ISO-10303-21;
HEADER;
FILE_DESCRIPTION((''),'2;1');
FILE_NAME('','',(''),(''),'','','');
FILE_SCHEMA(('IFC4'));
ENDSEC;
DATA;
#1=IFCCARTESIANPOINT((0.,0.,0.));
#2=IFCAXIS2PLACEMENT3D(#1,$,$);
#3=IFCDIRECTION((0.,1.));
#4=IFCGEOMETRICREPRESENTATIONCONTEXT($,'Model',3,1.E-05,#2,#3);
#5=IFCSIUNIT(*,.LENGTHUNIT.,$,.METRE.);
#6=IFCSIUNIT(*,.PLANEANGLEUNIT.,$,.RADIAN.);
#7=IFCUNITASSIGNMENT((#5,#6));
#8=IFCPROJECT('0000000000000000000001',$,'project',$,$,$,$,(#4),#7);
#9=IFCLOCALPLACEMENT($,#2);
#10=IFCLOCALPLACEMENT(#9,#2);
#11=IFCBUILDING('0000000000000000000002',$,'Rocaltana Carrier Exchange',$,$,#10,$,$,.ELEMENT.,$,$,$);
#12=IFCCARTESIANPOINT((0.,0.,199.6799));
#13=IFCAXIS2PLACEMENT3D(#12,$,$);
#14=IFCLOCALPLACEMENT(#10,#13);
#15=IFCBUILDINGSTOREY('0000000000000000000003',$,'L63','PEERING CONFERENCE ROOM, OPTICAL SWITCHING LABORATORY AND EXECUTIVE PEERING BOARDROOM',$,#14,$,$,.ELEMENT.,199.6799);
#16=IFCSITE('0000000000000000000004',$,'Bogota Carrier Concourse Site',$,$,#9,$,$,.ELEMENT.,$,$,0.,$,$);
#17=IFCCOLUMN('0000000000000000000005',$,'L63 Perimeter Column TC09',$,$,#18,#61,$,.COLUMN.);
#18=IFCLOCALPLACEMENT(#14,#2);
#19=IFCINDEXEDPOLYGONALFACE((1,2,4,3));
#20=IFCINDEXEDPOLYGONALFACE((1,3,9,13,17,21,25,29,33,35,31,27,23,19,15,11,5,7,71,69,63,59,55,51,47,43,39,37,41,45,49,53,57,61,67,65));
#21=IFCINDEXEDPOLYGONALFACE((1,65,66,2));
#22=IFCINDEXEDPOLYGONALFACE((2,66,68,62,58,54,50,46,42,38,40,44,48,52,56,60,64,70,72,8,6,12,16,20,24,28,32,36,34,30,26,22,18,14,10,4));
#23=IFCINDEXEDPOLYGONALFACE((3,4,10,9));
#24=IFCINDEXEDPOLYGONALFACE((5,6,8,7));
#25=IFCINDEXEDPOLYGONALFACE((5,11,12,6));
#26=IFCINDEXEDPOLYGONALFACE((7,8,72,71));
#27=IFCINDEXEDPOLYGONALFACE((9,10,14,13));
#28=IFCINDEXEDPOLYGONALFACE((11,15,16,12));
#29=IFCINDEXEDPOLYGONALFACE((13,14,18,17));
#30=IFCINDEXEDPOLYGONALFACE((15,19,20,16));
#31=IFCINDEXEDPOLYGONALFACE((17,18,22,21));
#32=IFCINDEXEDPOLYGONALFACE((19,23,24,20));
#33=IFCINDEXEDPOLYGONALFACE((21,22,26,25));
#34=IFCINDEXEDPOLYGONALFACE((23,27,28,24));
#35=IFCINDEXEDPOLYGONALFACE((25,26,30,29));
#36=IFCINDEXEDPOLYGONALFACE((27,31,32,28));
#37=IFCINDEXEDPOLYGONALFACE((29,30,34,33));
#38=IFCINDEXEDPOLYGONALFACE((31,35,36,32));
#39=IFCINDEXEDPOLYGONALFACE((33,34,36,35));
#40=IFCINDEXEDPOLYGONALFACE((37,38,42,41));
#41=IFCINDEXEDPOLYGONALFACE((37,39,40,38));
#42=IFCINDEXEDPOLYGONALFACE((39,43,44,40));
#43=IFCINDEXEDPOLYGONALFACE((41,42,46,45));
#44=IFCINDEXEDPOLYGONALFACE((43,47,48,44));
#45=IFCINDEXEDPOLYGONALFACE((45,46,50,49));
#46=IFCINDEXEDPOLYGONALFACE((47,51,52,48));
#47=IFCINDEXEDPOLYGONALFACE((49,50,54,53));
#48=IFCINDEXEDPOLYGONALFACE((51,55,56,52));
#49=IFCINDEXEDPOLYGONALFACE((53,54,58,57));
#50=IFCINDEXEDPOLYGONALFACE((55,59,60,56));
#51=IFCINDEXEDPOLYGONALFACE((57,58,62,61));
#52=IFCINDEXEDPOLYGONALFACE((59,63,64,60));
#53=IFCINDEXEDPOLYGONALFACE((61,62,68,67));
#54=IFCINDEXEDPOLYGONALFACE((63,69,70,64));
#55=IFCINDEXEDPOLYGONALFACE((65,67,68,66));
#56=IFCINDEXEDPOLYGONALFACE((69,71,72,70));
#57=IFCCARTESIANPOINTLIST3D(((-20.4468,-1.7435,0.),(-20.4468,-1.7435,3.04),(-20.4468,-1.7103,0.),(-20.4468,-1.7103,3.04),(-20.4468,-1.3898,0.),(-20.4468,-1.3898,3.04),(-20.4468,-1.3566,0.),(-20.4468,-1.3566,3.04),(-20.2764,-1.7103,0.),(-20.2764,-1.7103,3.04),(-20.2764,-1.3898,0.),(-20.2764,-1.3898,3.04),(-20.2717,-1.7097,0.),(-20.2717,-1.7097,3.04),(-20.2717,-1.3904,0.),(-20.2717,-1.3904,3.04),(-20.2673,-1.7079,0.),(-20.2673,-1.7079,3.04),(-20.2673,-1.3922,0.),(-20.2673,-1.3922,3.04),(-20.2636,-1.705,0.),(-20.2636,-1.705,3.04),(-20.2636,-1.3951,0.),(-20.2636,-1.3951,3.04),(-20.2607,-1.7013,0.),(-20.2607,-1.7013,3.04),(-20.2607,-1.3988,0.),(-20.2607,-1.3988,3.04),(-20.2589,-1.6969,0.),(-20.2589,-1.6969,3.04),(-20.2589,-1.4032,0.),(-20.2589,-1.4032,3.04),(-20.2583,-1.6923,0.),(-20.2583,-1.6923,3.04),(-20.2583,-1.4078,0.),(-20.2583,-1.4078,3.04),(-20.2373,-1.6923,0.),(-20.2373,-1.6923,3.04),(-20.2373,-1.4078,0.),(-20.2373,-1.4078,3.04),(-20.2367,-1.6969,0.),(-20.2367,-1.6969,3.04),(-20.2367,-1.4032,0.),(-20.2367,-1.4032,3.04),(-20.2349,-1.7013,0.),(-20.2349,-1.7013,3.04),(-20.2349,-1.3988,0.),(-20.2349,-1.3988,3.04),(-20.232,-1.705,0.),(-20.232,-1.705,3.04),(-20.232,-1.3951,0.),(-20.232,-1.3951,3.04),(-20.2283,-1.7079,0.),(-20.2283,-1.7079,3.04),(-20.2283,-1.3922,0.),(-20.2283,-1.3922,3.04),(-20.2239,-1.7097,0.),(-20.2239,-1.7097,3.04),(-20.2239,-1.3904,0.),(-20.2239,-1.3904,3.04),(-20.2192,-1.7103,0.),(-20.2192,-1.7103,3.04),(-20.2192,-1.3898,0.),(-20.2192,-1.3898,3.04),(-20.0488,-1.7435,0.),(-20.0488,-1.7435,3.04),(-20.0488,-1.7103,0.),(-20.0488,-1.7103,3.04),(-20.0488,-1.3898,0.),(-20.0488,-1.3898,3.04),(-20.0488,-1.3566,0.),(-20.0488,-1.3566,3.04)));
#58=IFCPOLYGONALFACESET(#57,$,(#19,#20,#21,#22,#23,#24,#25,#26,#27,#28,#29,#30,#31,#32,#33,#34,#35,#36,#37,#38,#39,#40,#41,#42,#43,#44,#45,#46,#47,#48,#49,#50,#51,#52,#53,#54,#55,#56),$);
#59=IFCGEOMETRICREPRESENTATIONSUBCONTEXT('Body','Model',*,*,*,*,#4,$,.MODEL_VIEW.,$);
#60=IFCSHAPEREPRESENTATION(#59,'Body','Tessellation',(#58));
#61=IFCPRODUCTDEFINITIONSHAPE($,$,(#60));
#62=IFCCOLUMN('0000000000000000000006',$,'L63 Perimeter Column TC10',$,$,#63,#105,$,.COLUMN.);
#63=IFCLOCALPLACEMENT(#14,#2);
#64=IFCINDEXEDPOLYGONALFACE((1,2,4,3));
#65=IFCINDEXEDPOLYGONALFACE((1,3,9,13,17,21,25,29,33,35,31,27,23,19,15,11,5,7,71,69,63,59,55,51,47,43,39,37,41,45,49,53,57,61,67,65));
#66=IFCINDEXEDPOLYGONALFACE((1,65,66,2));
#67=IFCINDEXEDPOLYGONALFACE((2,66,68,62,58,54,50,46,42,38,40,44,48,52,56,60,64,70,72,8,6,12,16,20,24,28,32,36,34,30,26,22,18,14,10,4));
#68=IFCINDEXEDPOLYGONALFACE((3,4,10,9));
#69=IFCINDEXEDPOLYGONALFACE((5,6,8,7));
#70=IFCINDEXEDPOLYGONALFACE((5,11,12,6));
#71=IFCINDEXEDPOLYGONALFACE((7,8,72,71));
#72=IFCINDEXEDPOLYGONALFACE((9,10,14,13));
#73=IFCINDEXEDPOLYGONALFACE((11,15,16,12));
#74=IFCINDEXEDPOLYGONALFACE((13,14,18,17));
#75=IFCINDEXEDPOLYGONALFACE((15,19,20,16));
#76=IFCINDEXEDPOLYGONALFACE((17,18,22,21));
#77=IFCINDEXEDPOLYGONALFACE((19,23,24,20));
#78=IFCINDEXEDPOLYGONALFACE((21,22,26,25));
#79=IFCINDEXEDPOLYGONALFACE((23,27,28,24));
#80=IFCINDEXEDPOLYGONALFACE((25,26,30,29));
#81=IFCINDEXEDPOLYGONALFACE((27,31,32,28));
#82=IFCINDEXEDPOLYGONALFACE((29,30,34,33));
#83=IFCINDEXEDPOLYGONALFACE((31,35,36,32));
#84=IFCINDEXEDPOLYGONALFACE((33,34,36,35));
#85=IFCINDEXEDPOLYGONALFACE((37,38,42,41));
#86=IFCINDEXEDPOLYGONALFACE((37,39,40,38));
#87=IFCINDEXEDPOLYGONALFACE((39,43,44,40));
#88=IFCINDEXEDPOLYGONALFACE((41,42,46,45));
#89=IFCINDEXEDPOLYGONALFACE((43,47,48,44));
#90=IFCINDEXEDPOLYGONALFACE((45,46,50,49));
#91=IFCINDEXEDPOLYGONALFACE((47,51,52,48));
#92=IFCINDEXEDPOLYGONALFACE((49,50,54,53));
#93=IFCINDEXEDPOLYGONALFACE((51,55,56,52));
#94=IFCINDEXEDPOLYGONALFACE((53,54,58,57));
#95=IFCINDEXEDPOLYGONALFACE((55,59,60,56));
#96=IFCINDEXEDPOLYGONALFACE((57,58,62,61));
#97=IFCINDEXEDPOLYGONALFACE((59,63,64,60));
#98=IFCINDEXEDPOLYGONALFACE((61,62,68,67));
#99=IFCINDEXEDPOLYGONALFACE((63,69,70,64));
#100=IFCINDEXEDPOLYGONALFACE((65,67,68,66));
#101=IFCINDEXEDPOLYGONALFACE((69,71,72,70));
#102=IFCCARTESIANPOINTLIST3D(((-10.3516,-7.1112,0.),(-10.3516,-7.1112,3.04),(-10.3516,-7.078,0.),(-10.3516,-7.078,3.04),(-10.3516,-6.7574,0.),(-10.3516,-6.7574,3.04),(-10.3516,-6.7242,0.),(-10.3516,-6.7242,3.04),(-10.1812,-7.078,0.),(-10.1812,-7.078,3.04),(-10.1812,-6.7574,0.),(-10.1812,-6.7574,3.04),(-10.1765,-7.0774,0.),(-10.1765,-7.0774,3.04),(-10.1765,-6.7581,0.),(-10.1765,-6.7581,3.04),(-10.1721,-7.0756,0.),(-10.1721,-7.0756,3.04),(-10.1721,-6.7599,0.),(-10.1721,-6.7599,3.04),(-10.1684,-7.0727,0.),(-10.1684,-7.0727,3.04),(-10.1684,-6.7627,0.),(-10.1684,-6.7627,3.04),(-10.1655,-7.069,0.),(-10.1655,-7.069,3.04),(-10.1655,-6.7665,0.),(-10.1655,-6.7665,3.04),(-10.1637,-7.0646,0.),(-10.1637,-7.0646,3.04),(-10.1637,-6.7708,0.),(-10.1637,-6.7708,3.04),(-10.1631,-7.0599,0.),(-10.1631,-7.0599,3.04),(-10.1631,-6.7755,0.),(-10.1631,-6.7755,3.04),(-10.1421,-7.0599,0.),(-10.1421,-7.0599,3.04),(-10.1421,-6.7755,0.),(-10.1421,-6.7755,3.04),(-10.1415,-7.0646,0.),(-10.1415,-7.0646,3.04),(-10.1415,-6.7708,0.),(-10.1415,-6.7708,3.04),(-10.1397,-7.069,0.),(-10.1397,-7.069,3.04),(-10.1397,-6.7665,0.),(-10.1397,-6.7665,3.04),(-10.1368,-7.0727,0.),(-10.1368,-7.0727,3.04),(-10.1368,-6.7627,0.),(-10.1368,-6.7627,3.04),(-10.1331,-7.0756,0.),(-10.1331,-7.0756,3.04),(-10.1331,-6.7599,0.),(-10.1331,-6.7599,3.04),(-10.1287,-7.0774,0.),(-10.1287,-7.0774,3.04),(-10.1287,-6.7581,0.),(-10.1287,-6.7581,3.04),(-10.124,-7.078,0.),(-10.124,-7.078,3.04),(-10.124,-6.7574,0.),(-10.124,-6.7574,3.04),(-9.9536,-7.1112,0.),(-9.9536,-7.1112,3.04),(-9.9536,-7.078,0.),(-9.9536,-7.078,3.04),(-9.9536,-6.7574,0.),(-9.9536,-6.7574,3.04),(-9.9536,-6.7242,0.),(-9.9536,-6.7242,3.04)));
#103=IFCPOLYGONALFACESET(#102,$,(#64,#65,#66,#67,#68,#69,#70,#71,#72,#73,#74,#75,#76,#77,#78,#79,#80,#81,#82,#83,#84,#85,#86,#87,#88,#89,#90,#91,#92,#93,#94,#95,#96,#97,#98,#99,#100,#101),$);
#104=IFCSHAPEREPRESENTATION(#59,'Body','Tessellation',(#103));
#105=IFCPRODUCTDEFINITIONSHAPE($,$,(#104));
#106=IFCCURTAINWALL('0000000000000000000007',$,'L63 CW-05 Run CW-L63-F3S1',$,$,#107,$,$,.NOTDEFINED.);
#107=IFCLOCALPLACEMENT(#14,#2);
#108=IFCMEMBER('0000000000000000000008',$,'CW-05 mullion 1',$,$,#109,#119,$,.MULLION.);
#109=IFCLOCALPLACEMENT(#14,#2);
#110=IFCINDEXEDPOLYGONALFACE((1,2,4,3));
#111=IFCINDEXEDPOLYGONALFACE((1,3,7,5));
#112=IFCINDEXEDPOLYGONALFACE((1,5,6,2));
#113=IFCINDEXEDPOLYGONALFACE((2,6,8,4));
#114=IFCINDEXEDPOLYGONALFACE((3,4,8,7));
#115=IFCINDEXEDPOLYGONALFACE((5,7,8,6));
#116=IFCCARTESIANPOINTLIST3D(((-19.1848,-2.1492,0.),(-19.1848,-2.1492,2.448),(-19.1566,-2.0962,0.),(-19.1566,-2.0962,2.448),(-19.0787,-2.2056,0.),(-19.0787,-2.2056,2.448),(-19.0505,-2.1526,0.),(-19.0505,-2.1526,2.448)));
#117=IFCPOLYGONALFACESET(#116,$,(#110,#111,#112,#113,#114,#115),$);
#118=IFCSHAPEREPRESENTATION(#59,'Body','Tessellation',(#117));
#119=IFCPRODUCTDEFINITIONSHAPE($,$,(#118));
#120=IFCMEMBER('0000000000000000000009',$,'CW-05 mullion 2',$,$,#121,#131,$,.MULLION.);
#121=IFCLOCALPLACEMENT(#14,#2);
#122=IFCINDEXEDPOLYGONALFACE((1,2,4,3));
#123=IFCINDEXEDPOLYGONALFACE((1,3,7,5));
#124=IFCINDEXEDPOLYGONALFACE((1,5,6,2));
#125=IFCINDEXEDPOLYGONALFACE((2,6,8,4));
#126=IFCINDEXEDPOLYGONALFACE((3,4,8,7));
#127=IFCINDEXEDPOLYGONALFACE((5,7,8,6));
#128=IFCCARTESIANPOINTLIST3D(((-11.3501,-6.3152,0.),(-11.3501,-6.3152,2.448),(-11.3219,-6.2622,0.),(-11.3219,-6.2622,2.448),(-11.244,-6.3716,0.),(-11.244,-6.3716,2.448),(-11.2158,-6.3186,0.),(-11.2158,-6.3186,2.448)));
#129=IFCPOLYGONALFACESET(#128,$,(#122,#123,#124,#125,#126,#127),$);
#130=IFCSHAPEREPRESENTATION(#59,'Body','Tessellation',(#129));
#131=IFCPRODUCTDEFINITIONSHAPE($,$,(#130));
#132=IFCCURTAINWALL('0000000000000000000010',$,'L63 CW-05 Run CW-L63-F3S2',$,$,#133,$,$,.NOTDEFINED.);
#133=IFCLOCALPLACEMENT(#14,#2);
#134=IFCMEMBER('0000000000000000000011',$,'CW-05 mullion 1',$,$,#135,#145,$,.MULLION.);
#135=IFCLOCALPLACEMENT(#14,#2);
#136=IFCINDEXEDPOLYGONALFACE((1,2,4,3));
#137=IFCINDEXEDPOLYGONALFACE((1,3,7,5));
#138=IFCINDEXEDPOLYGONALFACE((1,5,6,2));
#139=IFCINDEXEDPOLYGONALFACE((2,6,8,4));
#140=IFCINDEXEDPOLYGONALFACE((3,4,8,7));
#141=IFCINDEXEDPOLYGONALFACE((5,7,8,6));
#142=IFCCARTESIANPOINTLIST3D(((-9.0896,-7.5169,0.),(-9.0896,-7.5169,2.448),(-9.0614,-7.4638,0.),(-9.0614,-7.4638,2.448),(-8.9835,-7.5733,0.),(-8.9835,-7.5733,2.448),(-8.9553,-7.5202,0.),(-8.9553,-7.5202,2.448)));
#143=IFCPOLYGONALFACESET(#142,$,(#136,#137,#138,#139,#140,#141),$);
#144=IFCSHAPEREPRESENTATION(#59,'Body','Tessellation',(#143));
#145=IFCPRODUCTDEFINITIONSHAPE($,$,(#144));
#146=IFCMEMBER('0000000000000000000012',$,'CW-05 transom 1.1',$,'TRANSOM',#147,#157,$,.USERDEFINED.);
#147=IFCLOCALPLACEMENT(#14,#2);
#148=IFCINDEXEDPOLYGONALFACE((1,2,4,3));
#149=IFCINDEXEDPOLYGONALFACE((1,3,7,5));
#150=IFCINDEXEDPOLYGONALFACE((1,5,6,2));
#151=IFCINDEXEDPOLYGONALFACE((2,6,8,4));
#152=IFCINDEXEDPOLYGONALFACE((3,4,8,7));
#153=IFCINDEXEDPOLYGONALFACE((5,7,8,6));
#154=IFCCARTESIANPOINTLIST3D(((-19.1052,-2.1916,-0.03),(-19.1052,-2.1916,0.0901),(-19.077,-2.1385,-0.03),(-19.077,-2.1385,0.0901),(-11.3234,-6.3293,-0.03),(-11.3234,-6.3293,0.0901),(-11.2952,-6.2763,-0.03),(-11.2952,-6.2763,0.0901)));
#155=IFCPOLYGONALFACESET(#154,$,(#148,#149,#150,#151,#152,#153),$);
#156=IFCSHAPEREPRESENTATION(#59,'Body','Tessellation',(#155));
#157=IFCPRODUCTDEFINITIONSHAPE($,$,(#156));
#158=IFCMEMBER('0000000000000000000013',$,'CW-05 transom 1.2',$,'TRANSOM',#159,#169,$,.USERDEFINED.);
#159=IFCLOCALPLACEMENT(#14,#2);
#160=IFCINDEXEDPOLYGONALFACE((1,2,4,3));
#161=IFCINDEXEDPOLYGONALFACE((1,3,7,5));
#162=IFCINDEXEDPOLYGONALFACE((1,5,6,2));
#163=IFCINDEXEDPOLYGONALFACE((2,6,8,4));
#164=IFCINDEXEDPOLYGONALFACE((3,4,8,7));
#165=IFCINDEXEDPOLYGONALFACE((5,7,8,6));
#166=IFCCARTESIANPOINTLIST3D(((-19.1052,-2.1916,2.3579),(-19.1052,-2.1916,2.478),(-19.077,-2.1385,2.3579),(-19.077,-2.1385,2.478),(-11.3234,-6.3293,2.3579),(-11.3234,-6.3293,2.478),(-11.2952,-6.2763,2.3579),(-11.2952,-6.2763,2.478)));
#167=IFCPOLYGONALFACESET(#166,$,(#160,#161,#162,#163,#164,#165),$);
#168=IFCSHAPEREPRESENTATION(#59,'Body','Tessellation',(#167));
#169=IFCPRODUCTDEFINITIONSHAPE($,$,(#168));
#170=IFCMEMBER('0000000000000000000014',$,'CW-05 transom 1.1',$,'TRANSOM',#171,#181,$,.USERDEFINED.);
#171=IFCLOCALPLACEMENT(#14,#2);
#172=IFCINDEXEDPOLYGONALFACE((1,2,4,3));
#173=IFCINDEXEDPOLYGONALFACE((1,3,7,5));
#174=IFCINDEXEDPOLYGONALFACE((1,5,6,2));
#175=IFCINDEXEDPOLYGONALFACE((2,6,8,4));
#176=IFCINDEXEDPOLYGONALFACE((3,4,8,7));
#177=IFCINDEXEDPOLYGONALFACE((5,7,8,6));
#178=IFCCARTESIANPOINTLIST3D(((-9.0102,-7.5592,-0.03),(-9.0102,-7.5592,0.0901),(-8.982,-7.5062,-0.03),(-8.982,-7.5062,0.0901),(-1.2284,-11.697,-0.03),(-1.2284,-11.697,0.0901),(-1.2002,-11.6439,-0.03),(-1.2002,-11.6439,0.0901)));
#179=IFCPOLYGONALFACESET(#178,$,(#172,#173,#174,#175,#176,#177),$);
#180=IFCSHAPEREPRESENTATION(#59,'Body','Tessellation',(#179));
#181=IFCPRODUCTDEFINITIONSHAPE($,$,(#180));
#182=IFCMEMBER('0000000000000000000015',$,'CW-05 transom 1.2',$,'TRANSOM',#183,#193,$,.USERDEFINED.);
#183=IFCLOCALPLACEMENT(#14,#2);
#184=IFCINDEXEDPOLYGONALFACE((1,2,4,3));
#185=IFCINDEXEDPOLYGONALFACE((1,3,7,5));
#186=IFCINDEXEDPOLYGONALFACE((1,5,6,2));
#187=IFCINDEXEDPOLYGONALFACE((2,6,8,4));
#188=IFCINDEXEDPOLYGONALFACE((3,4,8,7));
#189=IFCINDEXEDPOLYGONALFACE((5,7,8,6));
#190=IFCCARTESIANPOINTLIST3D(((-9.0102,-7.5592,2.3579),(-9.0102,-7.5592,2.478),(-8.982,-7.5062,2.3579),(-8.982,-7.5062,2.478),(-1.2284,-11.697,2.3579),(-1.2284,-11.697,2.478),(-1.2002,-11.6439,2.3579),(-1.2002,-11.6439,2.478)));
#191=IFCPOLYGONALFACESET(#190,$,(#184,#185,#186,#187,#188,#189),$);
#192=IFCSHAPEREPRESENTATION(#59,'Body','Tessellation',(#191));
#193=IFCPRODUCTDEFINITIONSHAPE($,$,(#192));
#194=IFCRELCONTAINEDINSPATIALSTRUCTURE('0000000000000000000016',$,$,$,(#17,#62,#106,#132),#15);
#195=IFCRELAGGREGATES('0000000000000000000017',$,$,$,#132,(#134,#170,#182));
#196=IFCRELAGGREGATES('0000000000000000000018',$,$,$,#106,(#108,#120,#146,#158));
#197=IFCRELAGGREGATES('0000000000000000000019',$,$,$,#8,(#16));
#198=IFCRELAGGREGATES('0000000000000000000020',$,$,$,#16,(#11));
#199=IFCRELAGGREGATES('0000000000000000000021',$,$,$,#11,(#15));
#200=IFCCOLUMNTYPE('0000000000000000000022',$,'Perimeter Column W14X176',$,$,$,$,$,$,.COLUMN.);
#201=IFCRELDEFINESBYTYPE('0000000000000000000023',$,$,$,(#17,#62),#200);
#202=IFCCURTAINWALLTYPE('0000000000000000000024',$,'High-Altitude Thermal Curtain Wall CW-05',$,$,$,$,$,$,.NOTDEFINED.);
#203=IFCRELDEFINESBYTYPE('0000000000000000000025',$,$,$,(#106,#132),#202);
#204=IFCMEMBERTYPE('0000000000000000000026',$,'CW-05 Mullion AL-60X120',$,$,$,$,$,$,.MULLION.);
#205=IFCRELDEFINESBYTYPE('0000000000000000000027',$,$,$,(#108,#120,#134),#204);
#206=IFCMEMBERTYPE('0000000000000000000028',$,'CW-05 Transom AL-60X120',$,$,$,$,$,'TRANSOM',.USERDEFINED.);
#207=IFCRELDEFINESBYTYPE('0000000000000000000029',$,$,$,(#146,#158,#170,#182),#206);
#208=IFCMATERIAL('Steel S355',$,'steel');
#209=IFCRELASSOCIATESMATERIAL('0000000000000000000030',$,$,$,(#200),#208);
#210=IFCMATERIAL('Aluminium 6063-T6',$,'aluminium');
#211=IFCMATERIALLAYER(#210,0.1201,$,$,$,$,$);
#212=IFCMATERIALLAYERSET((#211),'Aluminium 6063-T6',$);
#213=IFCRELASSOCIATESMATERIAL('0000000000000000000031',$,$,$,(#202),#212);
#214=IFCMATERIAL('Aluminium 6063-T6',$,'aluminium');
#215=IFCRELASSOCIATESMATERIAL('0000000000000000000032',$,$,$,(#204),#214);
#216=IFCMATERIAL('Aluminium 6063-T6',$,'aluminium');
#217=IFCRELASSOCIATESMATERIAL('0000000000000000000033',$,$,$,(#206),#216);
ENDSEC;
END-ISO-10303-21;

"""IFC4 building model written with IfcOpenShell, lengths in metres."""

from ifc_helpers import new_model, si_unit, direction, frame, origin, origin_2d, place, context, subcontext, project, spatial, rectangle, i_section, extrude, material, layer, layer_set, material_profile, profile_set, type_object, element, aggregate, save


model = new_model("IFC4")

# Units and contexts
model_context = context("Model", 3, precision=1e-05, world=origin(), true_north=direction((0.0, 1.0)))
body_context = subcontext(model_context, "Body", "Model", "MODEL_VIEW")
ifc_project = project(units=[si_unit("LENGTHUNIT", "METRE"), si_unit("PLANEANGLEUNIT", "RADIAN")], contexts=[model_context])

# Site, building, storey
site_placement = place(None, origin())
site = spatial("IfcSite", under=ifc_project, at=site_placement, Name="Bogota Carrier Concourse Site", CompositionType="ELEMENT", RefElevation=0.0)
building_placement = place(site_placement, origin())
building = spatial("IfcBuilding", under=site, at=building_placement, Name="Rocaltana Carrier Exchange", CompositionType="ELEMENT")
storey_placement = place(building_placement, frame((0.0, 0.0, 199.6799)))
storey = spatial("IfcBuildingStorey", under=building, at=storey_placement, Name="L63", Description="PEERING CONFERENCE ROOM, OPTICAL SWITCHING LABORATORY AND EXECUTIVE PEERING BOARDROOM", CompositionType="ELEMENT", Elevation=199.6799)

# Columns
ifc_material_1 = material(Name="Steel S355", Category="steel")
ifc_material_profile_1 = material_profile(ifc_material_1, i_section(OverallWidth=0.3979, OverallDepth=0.387, WebThickness=0.021, FlangeThickness=0.0332, FilletRadius=0.0181, at=origin_2d()), Name="W14X176")
ifc_profile_set_1 = profile_set([ifc_material_profile_1], Name="Steel S355")
column_type = type_object("IfcColumnType", Name="Perimeter Column W14X176", PredefinedType="COLUMN", material=ifc_profile_set_1)
for number, where, z_axis, x_axis, name in (
    (1, (-20.2478, -1.55, 0.0), (0.0, 0.0, 1.0), (1.0, 0.0, 0.0), "L63 Perimeter Column TC09"),
    (2, (-10.1526, -6.9177, 0.0), (0.0, 0.0, 1.0), (1.0, 0.0, 0.0), "L63 Perimeter Column TC10"),
):
    element("IfcColumn", number, at=place(storey_placement, frame(where, z_axis=z_axis, x_axis=x_axis)), inside=storey, type_object=column_type, Name=name, PredefinedType="COLUMN", context=body_context, shape_type="SweptSolid", body=[
        extrude(i_section(OverallWidth=0.3979, OverallDepth=0.387, WebThickness=0.021, FlangeThickness=0.0332, FilletRadius=0.0181, at=origin_2d()), origin(), (0.0, 0.0, 1.0), 3.04),
    ])

# Curtain wall, members
ifc_material_2 = material(Name="Aluminium 6063-T6", Category="aluminium")
ifc_layer_1 = layer(ifc_material_2, 0.1201)
ifc_layer_set_1 = layer_set([ifc_layer_1], Name="Aluminium 6063-T6")
curtain_wall_type = type_object("IfcCurtainWallType", Name="High-Altitude Thermal Curtain Wall CW-05", PredefinedType="NOTDEFINED", material=ifc_layer_set_1)
curtain_wall_1_placement = place(storey_placement, origin())
curtain_wall_1 = element("IfcCurtainWall", 3, at=curtain_wall_1_placement, inside=storey, type_object=curtain_wall_type, Name="L63 CW-05 Run CW-L63-F3S1", PredefinedType="NOTDEFINED")
ifc_material_3 = material(Name="Aluminium 6063-T6", Category="aluminium")
ifc_material_profile_2 = material_profile(ifc_material_3, rectangle(XDim=0.0601, YDim=0.1201, at=origin_2d()), Name="AL-60X120")
ifc_profile_set_2 = profile_set([ifc_material_profile_2], Name="Aluminium 6063-T6")
member_type_1 = type_object("IfcMemberType", Name="CW-05 Mullion AL-60X120", PredefinedType="MULLION", material=ifc_profile_set_2)
member_1_placement = place(storey_placement, frame((-19.1177, -2.1509, 0.0), z_axis=(0.0, 0.0, 1.0), x_axis=(0.469483, 0.882941, 0.0)))
member_1 = element("IfcMember", 4, at=member_1_placement, type_object=member_type_1, Name="CW-05 mullion 1", PredefinedType="MULLION", context=body_context, shape_type="SweptSolid", body=[
    extrude(rectangle(XDim=0.0601, YDim=0.1201, at=origin_2d()), origin(), (0.0, 0.0, 1.0), 2.448),
])
member_2_placement = place(storey_placement, frame((-11.283, -6.3169, 0.0), z_axis=(0.0, 0.0, 1.0), x_axis=(0.469483, 0.882941, 0.0)))
member_2 = element("IfcMember", 5, at=member_2_placement, type_object=member_type_1, Name="CW-05 mullion 2", PredefinedType="MULLION", context=body_context, shape_type="SweptSolid", body=[
    extrude(rectangle(XDim=0.0601, YDim=0.1201, at=origin_2d()), origin(), (0.0, 0.0, 1.0), 2.448),
])

# Curtain wall, member
curtain_wall_2_placement = place(storey_placement, origin())
curtain_wall_2 = element("IfcCurtainWall", 6, at=curtain_wall_2_placement, inside=storey, type_object=curtain_wall_type, Name="L63 CW-05 Run CW-L63-F3S2", PredefinedType="NOTDEFINED")
member_3_placement = place(storey_placement, frame((-9.0225, -7.5186, 0.0), z_axis=(0.0, 0.0, 1.0), x_axis=(0.469479, 0.882943, 0.0)))
member_3 = element("IfcMember", 7, at=member_3_placement, type_object=member_type_1, Name="CW-05 mullion 1", PredefinedType="MULLION", context=body_context, shape_type="SweptSolid", body=[
    extrude(rectangle(XDim=0.0601, YDim=0.1201, at=origin_2d()), origin(), (0.0, 0.0, 1.0), 2.448),
])

# Members
ifc_material_4 = material(Name="Aluminium 6063-T6", Category="aluminium")
ifc_material_profile_3 = material_profile(ifc_material_4, rectangle(XDim=0.0601, YDim=0.1201, at=origin_2d()), Name="AL-60X120")
ifc_profile_set_3 = profile_set([ifc_material_profile_3], Name="Aluminium 6063-T6")
member_type_2 = type_object("IfcMemberType", Name="CW-05 Transom AL-60X120", ElementType="TRANSOM", PredefinedType="USERDEFINED", material=ifc_profile_set_3)
member_4_placement = place(storey_placement, frame((-19.0911, -2.165, 0.03), z_axis=(0.882944, -0.469478, 0.0), x_axis=(0.469478, 0.882944, 0.0)))
member_4 = element("IfcMember", 8, at=member_4_placement, type_object=member_type_2, Name="CW-05 transom 1.1", ObjectType="TRANSOM", PredefinedType="USERDEFINED", context=body_context, shape_type="SweptSolid", body=[
    extrude(rectangle(XDim=0.0601, YDim=0.1201, at=origin_2d()), origin(), (0.0, 0.0, 1.0), 8.8135),
])
member_5_placement = place(storey_placement, frame((-19.0911, -2.165, 2.418), z_axis=(0.882944, -0.469478, 0.0), x_axis=(0.469478, 0.882944, 0.0)))
member_5 = element("IfcMember", 9, at=member_5_placement, type_object=member_type_2, Name="CW-05 transom 1.2", ObjectType="TRANSOM", PredefinedType="USERDEFINED", context=body_context, shape_type="SweptSolid", body=[
    extrude(rectangle(XDim=0.0601, YDim=0.1201, at=origin_2d()), origin(), (0.0, 0.0, 1.0), 8.8135),
])
member_6_placement = place(storey_placement, frame((-8.9961, -7.5327, 0.03), z_axis=(0.882944, -0.469478, 0.0), x_axis=(0.469478, 0.882944, 0.0)))
member_6 = element("IfcMember", 10, at=member_6_placement, type_object=member_type_2, Name="CW-05 transom 1.1", ObjectType="TRANSOM", PredefinedType="USERDEFINED", context=body_context, shape_type="SweptSolid", body=[
    extrude(rectangle(XDim=0.0601, YDim=0.1201, at=origin_2d()), origin(), (0.0, 0.0, 1.0), 8.8135),
])
member_7_placement = place(storey_placement, frame((-8.9961, -7.5327, 2.418), z_axis=(0.882944, -0.469478, 0.0), x_axis=(0.469478, 0.882944, 0.0)))
member_7 = element("IfcMember", 11, at=member_7_placement, type_object=member_type_2, Name="CW-05 transom 1.2", ObjectType="TRANSOM", PredefinedType="USERDEFINED", context=body_context, shape_type="SweptSolid", body=[
    extrude(rectangle(XDim=0.0601, YDim=0.1201, at=origin_2d()), origin(), (0.0, 0.0, 1.0), 8.8135),
])
aggregate(curtain_wall_2, [member_3, member_6, member_7])

aggregate(curtain_wall_1, [member_1, member_2, member_4, member_5])

save(model, "model.ifc")
